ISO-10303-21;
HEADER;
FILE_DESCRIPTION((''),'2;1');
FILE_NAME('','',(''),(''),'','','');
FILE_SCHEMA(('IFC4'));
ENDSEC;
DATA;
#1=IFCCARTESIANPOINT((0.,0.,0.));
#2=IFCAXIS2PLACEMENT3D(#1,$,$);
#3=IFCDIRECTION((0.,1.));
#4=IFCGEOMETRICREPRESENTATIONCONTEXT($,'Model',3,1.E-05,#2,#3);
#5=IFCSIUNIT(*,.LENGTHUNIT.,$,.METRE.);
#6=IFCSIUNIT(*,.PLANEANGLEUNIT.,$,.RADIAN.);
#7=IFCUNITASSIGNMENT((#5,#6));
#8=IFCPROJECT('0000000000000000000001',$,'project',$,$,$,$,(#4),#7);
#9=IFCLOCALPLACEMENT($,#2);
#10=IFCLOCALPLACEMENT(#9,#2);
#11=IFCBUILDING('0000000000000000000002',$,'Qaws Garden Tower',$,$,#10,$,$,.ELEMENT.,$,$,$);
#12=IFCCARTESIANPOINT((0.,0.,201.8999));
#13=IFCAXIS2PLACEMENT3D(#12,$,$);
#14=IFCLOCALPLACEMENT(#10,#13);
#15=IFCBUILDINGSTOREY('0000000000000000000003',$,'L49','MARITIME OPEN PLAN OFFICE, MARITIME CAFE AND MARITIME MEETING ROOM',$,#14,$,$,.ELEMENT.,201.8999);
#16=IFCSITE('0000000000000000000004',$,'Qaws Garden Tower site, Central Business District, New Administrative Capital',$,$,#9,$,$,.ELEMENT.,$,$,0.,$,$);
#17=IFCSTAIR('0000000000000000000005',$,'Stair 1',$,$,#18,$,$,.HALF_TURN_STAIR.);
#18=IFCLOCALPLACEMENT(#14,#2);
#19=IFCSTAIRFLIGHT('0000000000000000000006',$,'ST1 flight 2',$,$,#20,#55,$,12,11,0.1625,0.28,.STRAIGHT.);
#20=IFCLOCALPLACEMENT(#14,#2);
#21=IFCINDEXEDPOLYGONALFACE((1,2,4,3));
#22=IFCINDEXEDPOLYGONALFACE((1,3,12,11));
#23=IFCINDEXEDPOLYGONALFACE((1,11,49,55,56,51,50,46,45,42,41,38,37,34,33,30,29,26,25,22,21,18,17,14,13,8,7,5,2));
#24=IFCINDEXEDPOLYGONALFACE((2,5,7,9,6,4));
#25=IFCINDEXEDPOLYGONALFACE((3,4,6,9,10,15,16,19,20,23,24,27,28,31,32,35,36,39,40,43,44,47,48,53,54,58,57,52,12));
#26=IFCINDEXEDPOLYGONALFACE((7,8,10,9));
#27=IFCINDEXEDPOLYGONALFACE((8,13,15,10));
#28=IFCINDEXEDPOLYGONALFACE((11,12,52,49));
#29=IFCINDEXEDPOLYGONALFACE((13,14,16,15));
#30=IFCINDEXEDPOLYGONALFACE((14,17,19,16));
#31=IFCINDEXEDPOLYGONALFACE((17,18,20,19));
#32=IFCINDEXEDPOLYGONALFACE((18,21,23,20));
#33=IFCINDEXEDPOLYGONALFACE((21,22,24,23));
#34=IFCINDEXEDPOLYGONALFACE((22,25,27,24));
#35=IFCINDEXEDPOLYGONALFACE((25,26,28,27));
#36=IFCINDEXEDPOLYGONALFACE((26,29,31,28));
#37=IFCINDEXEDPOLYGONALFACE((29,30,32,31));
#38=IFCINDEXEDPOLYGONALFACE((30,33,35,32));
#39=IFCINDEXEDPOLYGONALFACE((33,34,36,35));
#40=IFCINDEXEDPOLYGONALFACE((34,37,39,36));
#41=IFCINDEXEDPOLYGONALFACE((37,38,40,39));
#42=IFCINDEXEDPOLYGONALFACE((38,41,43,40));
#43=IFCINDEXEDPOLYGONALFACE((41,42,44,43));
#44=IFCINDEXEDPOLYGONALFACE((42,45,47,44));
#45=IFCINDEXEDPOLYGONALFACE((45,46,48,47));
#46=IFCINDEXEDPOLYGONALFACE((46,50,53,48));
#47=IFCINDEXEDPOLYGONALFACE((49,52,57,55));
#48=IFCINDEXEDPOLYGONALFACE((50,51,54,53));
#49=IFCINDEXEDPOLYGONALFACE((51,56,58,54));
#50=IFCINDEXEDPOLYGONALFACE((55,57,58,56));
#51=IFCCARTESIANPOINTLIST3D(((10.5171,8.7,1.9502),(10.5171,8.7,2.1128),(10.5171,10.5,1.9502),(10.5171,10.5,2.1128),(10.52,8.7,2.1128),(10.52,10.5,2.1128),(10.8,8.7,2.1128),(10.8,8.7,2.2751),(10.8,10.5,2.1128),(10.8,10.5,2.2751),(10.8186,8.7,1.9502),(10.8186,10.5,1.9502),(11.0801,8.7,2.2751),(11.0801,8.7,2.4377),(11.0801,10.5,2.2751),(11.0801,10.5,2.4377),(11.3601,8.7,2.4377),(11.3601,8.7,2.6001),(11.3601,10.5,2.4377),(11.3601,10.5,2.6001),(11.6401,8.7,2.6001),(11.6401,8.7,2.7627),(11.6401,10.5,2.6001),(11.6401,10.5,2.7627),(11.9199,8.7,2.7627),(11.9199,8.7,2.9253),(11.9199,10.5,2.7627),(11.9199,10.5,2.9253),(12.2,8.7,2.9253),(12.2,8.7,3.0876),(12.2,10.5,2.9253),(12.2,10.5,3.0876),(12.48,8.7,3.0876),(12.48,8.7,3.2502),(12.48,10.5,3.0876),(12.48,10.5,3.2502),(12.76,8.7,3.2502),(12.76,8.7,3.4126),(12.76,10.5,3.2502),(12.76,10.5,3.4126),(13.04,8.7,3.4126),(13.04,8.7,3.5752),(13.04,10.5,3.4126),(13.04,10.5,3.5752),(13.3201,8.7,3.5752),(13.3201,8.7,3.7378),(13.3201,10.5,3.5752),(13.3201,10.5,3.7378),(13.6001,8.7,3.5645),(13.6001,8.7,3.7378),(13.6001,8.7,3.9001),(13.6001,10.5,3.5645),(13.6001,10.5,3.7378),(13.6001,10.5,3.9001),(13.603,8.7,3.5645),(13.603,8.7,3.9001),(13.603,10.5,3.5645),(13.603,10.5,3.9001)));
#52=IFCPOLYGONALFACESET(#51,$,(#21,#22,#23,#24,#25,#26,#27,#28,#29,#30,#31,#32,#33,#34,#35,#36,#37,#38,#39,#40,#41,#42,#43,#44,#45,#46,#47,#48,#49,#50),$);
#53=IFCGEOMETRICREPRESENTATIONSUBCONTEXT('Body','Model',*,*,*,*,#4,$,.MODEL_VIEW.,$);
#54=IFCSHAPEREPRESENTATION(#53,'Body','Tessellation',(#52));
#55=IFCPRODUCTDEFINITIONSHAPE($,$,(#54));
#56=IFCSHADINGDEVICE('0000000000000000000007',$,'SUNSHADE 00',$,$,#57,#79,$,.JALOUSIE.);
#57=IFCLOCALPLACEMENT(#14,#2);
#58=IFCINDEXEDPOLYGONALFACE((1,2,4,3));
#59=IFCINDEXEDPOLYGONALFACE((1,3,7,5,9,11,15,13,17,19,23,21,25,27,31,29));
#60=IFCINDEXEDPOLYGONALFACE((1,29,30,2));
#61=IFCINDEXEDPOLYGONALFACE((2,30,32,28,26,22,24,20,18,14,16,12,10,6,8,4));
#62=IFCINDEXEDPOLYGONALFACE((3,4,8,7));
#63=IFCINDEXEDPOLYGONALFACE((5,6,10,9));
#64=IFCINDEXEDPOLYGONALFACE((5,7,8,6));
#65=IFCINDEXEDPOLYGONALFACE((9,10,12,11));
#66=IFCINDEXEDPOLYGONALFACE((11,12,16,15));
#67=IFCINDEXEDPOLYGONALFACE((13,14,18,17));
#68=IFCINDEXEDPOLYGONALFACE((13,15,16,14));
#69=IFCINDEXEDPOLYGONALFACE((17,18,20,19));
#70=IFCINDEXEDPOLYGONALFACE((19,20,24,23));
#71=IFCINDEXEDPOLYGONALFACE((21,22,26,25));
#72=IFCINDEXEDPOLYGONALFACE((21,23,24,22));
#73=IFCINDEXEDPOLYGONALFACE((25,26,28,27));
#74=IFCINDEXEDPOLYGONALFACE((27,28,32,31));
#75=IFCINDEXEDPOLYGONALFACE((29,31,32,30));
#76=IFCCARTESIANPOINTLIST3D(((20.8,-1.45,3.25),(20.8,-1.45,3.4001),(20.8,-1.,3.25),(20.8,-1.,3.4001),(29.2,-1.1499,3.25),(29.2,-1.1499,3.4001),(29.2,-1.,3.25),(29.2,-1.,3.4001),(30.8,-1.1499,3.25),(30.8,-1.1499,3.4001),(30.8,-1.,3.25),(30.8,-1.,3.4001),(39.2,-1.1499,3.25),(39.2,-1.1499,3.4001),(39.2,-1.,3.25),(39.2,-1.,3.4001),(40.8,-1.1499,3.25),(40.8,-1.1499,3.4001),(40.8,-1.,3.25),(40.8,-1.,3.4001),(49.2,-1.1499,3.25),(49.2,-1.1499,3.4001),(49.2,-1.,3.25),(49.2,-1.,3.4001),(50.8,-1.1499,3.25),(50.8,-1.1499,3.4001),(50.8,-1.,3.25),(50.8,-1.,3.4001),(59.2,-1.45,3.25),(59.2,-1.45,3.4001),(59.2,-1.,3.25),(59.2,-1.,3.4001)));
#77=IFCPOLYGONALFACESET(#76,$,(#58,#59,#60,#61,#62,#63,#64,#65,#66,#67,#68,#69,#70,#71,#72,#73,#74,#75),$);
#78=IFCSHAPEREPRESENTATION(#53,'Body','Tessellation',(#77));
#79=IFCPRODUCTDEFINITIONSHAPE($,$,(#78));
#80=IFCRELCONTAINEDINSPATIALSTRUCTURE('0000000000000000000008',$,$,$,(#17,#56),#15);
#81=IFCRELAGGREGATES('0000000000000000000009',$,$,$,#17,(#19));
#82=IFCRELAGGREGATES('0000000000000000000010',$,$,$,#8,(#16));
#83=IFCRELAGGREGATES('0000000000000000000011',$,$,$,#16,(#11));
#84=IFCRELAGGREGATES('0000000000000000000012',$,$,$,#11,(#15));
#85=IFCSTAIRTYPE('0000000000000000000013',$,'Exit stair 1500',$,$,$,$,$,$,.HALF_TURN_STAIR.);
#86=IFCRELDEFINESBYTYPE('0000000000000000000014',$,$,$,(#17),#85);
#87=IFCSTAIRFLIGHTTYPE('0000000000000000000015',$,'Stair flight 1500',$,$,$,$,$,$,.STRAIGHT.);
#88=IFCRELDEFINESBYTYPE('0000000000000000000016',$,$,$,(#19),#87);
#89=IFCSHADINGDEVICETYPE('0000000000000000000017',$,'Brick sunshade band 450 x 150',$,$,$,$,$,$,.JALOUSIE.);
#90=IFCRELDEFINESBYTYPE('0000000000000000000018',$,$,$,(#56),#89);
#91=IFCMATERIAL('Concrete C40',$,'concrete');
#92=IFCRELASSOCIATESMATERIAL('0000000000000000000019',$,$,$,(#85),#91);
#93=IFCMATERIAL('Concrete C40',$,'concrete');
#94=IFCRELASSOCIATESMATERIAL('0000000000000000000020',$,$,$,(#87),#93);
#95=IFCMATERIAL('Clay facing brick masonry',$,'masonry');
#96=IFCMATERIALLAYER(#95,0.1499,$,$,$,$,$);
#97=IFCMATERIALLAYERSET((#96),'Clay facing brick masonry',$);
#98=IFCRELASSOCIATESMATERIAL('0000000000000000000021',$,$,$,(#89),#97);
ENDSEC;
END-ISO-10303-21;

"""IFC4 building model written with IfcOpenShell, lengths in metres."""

from ifc_helpers import new_model, si_unit, direction, frame, origin, place, context, subcontext, project, spatial, polyline, outline, extrude, material, layer, layer_set, type_object, element, aggregate, save


model = new_model("IFC4")

# Units and contexts
model_context = context("Model", 3, precision=1e-05, world=origin(), true_north=direction((0.0, 1.0)))
body_context = subcontext(model_context, "Body", "Model", "MODEL_VIEW")
ifc_project = project(units=[si_unit("LENGTHUNIT", "METRE"), si_unit("PLANEANGLEUNIT", "RADIAN")], contexts=[model_context])

# Site, building, storey
site_placement = place(None, origin())
site = spatial("IfcSite", under=ifc_project, at=site_placement, Name="Qaws Garden Tower site, Central Business District, New Administrative Capital", CompositionType="ELEMENT", RefElevation=0.0)
building_placement = place(site_placement, origin())
building = spatial("IfcBuilding", under=site, at=building_placement, Name="Qaws Garden Tower", CompositionType="ELEMENT")
storey_placement = place(building_placement, frame((0.0, 0.0, 201.8999)))
storey = spatial("IfcBuildingStorey", under=building, at=storey_placement, Name="L49", Description="MARITIME OPEN PLAN OFFICE, MARITIME CAFE AND MARITIME MEETING ROOM", CompositionType="ELEMENT", Elevation=201.8999)

# Stair
ifc_material_1 = material(Name="Concrete C40", Category="concrete")
stair_type_1 = type_object("IfcStairType", Name="Exit stair 1500", PredefinedType="HALF_TURN_STAIR", material=ifc_material_1)
placement_1 = place(storey_placement, origin())
stair_1 = element("IfcStair", 1, at=placement_1, inside=storey, type_object=stair_type_1, Name="Stair 1", PredefinedType="HALF_TURN_STAIR")

# Stair flight
ifc_material_2 = material(Name="Concrete C40", Category="concrete")
stair_flight_type = type_object("IfcStairFlightType", Name="Stair flight 1500", PredefinedType="STRAIGHT", material=ifc_material_2)
stair_flight_placement = place(storey_placement, frame((10.52, 9.6001, 1.9502), z_axis=(0.0, 0.0, 1.0), x_axis=(1.0, 0.0, 0.0)))
stair_flight = element("IfcStairFlight", 2, at=stair_flight_placement, type_object=stair_flight_type, Name="ST1 flight 2", NumberOfRisers=12, NumberOfTreads=11, PredefinedType="STRAIGHT", RiserHeight=0.1625, TreadLength=0.28, context=body_context, shape_type="SweptSolid", body=[
    extrude(outline(polyline([(-0.0029, 0.0), (-0.0029, 0.1626), (0.0, 0.1626), (0.28, 0.1626), (0.28, 0.325), (0.5601, 0.325), (0.5601, 0.4875), (0.8401, 0.4875), (0.8401, 0.6499), (1.1201, 0.6499), (1.1201, 0.8125), (1.3999, 0.8125), (1.3999, 0.9751), (1.6799, 0.9751), (1.6799, 1.1375), (1.96, 1.1375), (1.96, 1.3), (2.24, 1.3), (2.24, 1.4624), (2.52, 1.4624), (2.52, 1.625), (2.8, 1.625), (2.8, 1.7876), (3.0801, 1.7876), (3.0801, 1.95), (3.083, 1.95), (3.083, 1.6143), (3.0801, 1.6143), (0.2986, 0.0), (-0.0029, 0.0)])), frame((0.0, 0.8999, 0.0), z_axis=(0.0, -1.0, 0.0), x_axis=(1.0, 0.0, 0.0)), (0.0, 0.0, 1.0), 1.8),
])
aggregate(stair_1, [stair_flight])

# Shading device
ifc_material_3 = material(Name="Clay facing brick masonry", Category="masonry")
ifc_layer_1 = layer(ifc_material_3, 0.1499)
ifc_layer_set_1 = layer_set([ifc_layer_1], Name="Clay facing brick masonry")
shading_device_type = type_object("IfcShadingDeviceType", Name="Brick sunshade band 450 x 150", PredefinedType="JALOUSIE", material=ifc_layer_set_1)
shading_device_placement = place(storey_placement, frame((0.0, 0.0, 3.25)))
element("IfcShadingDevice", 3, at=shading_device_placement, inside=storey, type_object=shading_device_type, Name="SUNSHADE 00", PredefinedType="JALOUSIE", context=body_context, shape_type="SweptSolid", body=[
    extrude(outline(polyline([(20.8, -1.0), (20.8, -1.45), (59.2, -1.45), (59.2, -1.0), (50.8, -1.0), (50.8, -1.1499), (49.2, -1.1499), (49.2, -1.0), (40.8, -1.0), (40.8, -1.1499), (39.2, -1.1499), (39.2, -1.0), (30.8, -1.0), (30.8, -1.1499), (29.2, -1.1499), (29.2, -1.0), (20.8, -1.0)])), origin(), (0.0, 0.0, 1.0), 0.1501),
])

save(model, "model.ifc")
